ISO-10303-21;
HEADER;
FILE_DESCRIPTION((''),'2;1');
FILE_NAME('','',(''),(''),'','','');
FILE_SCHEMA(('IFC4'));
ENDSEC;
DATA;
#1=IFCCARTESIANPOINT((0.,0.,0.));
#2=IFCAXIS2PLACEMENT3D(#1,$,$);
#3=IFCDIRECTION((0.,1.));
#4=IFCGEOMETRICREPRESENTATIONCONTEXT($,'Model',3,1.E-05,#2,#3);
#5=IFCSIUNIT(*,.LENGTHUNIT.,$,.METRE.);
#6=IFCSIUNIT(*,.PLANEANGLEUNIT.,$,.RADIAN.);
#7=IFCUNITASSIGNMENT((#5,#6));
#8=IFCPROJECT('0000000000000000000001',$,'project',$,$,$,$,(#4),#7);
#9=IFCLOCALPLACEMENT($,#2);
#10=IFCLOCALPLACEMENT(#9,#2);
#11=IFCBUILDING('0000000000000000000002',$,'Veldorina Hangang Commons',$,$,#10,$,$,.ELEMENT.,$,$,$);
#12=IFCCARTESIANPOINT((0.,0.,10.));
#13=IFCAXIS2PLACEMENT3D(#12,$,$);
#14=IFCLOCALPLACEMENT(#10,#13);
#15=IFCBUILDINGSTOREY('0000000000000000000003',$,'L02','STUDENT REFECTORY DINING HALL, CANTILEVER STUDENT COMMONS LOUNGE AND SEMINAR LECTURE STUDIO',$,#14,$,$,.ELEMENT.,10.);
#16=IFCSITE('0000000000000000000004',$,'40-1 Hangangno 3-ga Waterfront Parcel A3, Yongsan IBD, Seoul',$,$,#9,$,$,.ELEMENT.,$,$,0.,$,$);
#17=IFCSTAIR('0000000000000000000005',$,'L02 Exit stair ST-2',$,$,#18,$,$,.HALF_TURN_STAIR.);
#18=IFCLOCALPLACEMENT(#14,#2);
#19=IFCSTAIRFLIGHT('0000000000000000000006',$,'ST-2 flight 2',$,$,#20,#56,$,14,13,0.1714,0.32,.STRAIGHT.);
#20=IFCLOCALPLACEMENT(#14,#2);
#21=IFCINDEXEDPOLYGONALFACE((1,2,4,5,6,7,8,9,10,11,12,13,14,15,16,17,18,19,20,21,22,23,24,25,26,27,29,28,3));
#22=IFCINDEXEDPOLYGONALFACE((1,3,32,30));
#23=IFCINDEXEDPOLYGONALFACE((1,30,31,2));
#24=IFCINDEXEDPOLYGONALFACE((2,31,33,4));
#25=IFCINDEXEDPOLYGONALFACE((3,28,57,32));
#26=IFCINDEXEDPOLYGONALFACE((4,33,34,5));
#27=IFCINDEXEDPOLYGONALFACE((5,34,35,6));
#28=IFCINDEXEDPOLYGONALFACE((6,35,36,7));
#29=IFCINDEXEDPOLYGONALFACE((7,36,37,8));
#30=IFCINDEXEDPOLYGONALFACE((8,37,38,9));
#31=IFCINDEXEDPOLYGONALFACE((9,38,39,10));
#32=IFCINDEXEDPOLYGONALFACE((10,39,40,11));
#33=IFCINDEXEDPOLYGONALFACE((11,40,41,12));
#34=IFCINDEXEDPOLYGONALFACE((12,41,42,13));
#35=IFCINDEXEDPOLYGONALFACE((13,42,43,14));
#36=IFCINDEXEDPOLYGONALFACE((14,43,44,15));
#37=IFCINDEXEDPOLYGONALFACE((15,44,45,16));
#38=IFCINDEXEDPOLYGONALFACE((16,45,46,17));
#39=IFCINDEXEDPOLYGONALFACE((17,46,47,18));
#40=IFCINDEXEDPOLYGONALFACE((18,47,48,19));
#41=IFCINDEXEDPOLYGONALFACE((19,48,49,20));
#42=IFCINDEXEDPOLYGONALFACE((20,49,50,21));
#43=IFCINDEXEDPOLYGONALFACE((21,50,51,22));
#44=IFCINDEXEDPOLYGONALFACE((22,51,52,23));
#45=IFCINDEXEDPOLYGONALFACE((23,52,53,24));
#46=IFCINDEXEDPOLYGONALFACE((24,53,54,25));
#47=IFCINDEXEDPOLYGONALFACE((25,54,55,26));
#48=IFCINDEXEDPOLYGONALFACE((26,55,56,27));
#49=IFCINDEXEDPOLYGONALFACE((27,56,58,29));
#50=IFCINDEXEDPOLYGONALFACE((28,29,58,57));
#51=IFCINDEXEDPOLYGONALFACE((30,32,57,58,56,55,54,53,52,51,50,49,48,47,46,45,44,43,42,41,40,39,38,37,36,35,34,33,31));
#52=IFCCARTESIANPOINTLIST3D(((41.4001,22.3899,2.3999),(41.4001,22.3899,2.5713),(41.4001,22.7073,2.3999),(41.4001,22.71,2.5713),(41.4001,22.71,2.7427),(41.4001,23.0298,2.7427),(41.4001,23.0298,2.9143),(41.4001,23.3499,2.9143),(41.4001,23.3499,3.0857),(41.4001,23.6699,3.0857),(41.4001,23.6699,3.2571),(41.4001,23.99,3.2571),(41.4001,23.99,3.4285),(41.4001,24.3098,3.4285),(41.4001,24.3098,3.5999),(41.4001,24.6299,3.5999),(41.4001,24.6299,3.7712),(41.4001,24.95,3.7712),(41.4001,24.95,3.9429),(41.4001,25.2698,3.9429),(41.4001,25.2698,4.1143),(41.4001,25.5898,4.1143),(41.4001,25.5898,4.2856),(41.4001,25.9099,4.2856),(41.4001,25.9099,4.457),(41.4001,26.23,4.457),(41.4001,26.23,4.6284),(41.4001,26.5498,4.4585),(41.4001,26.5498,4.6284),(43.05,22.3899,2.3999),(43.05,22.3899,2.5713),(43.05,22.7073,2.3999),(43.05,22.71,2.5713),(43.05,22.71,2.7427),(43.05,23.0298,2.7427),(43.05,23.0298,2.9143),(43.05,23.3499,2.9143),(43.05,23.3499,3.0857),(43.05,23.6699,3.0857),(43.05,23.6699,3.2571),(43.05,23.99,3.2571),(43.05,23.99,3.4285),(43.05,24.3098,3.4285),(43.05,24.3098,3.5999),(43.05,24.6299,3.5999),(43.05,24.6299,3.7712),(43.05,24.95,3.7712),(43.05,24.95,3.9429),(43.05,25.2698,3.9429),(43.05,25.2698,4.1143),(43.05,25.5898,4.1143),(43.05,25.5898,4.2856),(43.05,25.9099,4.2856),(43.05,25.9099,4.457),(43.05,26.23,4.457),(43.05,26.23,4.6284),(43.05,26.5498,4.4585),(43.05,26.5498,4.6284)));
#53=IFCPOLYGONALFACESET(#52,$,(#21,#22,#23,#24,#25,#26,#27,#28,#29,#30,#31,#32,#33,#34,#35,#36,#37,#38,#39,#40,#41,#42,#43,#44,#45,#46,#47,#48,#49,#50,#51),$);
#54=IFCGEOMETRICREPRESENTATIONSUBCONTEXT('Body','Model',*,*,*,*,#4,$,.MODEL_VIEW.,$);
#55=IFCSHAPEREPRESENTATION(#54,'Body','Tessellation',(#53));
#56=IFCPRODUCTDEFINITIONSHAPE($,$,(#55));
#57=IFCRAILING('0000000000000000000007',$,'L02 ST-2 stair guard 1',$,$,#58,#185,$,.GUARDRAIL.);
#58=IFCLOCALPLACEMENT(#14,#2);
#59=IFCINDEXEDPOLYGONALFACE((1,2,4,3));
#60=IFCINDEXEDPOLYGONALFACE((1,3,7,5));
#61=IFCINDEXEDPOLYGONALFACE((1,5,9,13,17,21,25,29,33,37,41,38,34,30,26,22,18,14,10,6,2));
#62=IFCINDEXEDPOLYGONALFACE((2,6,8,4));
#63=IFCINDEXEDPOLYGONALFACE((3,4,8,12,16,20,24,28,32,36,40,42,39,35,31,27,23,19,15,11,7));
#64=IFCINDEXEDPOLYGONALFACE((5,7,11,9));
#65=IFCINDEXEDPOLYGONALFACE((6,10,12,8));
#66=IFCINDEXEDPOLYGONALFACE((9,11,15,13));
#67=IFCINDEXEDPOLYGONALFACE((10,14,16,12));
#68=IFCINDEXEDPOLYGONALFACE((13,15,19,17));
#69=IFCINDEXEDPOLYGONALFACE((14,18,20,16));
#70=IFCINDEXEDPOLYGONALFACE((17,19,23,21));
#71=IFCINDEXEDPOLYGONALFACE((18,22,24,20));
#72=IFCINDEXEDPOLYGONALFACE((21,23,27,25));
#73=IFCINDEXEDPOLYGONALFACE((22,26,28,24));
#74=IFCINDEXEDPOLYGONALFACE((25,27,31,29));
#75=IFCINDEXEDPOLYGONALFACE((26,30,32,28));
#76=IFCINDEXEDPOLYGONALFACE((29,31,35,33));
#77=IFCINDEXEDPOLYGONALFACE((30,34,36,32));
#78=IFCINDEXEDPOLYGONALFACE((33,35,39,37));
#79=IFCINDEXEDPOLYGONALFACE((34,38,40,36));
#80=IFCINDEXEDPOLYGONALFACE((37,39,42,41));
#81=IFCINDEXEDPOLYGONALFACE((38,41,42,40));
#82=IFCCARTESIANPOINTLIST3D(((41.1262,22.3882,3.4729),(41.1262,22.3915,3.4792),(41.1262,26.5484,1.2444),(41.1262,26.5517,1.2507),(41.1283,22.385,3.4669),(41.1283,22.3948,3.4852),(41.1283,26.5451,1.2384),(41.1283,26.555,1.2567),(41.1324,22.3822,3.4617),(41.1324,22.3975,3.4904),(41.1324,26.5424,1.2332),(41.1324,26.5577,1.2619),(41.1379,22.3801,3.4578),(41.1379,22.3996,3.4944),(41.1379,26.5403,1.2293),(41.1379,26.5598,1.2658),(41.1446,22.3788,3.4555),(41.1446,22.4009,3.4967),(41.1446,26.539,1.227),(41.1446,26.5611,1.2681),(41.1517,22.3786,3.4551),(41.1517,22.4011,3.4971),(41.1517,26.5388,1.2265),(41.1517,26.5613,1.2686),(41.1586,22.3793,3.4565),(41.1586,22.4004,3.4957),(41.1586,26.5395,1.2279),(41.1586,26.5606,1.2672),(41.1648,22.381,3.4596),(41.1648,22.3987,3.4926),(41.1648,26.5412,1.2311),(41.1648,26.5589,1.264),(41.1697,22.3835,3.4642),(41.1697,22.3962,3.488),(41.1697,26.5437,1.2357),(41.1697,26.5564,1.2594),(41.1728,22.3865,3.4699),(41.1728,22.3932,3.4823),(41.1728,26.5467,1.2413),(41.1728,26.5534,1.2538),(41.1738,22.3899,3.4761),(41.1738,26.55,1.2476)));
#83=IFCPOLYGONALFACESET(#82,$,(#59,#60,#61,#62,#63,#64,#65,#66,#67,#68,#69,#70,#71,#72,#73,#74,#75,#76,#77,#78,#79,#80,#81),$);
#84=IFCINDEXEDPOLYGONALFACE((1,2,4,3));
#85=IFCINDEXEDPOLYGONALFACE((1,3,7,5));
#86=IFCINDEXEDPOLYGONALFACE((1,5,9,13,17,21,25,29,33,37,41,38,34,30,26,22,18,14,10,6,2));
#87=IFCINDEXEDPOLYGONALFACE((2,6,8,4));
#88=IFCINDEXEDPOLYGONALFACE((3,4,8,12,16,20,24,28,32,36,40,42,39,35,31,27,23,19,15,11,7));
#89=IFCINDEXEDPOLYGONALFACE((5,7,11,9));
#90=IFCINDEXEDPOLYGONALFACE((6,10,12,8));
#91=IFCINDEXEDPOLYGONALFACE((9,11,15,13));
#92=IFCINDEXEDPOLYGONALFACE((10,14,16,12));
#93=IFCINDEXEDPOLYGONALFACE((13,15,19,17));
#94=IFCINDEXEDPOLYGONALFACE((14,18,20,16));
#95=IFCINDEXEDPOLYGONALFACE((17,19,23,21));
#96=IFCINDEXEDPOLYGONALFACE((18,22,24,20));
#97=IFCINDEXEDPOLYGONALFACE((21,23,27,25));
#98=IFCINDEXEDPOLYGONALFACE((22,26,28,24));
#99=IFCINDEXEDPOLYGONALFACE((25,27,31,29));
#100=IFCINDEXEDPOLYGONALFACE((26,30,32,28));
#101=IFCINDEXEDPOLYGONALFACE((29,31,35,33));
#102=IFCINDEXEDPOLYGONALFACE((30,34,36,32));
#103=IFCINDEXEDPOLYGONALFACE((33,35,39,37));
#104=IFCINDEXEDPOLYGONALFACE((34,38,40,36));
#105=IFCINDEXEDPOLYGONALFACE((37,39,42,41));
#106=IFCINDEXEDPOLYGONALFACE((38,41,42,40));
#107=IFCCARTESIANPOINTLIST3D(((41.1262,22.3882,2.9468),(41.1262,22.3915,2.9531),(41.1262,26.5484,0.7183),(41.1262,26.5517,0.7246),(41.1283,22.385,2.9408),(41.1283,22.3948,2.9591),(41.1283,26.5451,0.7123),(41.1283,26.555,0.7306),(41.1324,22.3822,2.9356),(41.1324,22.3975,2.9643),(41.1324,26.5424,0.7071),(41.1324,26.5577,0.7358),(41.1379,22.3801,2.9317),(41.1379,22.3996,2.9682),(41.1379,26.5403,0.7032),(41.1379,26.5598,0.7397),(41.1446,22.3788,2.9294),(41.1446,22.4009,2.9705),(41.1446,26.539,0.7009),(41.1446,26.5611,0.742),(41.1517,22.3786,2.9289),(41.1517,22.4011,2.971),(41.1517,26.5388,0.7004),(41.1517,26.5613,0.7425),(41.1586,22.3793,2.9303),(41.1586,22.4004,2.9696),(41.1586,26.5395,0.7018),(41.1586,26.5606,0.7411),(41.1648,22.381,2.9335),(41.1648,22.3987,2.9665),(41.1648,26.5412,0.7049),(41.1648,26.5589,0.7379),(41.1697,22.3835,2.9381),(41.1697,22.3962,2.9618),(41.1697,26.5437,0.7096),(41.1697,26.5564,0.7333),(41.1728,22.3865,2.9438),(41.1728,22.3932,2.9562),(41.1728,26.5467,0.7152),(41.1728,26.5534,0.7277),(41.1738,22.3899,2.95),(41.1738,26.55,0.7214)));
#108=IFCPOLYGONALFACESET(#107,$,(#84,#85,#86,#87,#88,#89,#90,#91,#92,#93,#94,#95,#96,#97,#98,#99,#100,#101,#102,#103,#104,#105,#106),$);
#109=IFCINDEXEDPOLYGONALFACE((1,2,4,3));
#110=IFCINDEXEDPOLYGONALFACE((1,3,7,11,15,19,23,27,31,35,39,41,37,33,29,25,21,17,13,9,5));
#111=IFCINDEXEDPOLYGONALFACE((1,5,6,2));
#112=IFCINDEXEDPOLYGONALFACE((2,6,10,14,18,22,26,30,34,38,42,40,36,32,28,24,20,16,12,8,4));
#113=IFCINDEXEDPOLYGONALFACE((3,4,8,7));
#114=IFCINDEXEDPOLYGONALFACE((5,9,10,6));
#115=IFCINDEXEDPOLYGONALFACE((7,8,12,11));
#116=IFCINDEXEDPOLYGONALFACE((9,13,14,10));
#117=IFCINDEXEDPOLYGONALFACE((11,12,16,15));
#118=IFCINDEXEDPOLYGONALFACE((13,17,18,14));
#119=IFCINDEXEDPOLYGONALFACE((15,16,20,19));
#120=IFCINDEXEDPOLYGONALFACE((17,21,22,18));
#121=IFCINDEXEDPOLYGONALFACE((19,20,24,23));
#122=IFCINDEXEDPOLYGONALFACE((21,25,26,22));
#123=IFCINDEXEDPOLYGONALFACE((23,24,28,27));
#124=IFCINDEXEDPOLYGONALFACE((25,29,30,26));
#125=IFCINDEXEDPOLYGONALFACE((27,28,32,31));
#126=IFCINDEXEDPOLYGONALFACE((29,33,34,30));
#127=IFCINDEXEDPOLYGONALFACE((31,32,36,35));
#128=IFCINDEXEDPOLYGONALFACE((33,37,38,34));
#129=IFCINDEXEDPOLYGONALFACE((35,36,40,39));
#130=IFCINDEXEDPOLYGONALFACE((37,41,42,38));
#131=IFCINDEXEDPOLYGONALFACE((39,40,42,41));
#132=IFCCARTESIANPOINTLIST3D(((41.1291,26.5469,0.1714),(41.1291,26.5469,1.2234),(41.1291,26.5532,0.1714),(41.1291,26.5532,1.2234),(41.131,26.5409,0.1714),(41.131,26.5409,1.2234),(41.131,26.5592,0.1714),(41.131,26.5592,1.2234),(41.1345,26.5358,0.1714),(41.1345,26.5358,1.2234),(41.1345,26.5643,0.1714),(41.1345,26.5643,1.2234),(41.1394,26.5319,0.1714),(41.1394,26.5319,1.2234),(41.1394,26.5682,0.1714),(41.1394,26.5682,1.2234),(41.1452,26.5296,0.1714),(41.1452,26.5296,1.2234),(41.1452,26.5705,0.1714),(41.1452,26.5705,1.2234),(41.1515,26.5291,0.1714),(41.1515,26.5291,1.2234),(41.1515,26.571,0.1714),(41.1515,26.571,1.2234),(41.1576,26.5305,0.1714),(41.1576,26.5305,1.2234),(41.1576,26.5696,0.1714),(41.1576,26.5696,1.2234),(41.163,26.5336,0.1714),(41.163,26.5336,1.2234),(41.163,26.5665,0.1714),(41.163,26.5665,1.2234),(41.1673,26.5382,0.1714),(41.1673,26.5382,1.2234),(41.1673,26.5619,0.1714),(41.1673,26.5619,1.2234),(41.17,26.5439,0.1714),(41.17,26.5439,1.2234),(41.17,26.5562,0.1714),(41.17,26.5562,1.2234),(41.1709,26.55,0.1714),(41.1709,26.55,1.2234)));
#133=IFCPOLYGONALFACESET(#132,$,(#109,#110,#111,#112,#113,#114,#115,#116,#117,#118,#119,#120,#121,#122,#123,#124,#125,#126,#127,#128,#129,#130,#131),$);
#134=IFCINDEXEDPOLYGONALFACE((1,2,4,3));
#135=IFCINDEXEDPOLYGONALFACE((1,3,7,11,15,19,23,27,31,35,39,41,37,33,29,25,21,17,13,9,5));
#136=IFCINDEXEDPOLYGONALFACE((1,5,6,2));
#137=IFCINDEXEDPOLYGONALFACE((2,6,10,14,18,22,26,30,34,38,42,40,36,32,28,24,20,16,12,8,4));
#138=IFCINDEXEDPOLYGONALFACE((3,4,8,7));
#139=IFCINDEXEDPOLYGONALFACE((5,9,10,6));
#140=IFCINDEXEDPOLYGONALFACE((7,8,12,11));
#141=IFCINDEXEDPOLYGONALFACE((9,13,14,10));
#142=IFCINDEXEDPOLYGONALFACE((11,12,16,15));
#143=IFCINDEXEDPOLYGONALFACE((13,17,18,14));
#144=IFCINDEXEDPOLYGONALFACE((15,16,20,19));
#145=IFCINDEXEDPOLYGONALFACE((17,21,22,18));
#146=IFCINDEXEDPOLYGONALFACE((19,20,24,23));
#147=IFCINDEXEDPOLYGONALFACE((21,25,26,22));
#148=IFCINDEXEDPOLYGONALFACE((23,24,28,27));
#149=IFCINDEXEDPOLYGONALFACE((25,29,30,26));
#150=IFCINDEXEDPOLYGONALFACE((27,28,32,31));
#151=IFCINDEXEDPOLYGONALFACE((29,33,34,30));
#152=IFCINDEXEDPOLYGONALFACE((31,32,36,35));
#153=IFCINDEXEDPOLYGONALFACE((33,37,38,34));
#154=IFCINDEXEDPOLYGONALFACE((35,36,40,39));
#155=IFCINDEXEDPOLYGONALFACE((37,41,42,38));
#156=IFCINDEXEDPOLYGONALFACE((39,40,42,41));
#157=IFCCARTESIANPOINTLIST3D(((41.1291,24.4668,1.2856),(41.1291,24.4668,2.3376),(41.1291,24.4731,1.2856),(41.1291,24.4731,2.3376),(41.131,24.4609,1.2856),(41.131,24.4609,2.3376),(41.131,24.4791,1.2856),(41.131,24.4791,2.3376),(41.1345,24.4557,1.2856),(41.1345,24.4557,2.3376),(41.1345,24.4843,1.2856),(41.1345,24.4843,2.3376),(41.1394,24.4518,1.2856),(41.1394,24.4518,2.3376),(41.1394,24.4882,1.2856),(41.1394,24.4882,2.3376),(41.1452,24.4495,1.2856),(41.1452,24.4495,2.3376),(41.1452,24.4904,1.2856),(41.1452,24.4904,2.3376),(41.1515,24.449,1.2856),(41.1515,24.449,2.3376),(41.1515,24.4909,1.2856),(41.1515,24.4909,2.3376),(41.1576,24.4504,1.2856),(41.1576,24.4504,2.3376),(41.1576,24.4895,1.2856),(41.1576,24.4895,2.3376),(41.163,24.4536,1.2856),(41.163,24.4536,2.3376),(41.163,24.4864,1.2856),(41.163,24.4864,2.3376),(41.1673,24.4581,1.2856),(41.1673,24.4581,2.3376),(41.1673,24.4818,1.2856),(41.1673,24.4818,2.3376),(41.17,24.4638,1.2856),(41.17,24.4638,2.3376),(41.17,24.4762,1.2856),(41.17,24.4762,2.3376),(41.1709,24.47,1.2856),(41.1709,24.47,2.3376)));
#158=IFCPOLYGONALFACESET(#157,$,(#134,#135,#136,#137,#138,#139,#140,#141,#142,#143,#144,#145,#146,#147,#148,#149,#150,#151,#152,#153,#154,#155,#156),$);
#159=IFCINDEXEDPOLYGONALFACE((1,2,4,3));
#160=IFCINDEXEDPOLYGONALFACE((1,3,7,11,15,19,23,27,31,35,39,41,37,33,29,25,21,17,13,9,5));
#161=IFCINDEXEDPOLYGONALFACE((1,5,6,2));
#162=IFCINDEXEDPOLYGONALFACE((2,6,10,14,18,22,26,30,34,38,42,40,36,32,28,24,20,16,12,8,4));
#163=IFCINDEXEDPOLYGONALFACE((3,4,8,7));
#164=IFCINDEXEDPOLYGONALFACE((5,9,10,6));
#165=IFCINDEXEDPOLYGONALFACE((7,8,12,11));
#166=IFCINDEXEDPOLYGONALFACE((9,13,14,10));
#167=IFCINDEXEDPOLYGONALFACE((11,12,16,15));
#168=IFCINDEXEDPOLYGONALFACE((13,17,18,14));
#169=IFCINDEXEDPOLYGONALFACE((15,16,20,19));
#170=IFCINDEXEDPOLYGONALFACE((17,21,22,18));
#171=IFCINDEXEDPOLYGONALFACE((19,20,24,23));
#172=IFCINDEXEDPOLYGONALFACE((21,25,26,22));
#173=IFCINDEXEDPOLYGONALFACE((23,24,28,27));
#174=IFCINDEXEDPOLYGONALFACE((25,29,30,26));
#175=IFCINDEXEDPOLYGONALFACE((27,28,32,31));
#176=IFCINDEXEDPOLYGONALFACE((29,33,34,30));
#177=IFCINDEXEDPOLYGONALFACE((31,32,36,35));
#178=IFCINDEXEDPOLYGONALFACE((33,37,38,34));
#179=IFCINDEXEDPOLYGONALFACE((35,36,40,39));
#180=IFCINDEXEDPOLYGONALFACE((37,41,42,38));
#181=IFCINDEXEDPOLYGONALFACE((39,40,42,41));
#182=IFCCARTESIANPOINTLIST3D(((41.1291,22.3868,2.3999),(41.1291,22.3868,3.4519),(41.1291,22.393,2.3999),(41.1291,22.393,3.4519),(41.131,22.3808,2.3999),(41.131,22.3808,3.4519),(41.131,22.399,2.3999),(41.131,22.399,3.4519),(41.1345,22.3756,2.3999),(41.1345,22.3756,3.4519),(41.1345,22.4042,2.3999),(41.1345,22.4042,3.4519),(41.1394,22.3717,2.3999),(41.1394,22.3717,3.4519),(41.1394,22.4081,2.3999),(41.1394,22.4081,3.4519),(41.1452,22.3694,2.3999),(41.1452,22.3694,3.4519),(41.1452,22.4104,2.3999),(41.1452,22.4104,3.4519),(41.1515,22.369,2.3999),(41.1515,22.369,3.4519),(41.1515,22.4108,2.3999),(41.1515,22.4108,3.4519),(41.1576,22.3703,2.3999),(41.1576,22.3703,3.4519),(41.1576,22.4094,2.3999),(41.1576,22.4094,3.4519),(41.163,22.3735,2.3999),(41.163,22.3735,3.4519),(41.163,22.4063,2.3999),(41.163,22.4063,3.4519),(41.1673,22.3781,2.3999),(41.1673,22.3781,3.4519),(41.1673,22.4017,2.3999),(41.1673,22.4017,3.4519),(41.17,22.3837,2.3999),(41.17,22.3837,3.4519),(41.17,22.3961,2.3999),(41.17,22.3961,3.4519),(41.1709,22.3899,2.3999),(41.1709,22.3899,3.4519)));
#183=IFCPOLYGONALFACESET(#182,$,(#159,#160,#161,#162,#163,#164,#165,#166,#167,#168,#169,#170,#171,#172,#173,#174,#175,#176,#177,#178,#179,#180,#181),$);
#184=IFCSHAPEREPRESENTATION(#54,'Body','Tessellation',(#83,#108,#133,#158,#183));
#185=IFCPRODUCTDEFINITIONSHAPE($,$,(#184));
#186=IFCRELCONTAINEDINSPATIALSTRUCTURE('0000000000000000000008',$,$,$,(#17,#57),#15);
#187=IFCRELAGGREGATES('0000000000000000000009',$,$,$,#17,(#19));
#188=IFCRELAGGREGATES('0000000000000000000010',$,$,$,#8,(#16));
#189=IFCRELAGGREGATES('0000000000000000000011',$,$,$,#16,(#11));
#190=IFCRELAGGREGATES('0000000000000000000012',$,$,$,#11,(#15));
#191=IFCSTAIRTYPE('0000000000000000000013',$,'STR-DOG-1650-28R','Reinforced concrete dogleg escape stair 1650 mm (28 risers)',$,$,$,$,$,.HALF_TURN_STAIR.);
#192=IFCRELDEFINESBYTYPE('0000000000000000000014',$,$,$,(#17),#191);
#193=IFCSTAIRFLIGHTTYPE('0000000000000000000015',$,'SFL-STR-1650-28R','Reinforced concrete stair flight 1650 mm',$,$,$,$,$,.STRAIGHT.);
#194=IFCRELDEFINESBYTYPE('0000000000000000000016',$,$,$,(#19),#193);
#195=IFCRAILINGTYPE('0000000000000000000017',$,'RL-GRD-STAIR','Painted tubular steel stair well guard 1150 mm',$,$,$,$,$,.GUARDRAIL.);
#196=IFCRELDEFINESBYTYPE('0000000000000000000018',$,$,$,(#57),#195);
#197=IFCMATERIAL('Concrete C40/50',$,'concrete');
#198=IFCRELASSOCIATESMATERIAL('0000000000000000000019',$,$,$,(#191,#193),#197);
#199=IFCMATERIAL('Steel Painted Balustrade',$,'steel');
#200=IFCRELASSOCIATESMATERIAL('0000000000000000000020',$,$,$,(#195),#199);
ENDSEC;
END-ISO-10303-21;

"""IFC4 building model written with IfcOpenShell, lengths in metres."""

from ifc_helpers import new_model, si_unit, direction, frame, origin, origin_2d, place, context, subcontext, project, spatial, polyline, circle, outline, extrude, material, type_object, element, aggregate, save


model = new_model("IFC4")

# Units and contexts
model_context = context("Model", 3, precision=1e-05, world=origin(), true_north=direction((0.0, 1.0)))
body_context = subcontext(model_context, "Body", "Model", "MODEL_VIEW")
ifc_project = project(units=[si_unit("LENGTHUNIT", "METRE"), si_unit("PLANEANGLEUNIT", "RADIAN")], contexts=[model_context])

# Site, building, storey
site_placement = place(None, origin())
site = spatial("IfcSite", under=ifc_project, at=site_placement, Name="40-1 Hangangno 3-ga Waterfront Parcel A3, Yongsan IBD, Seoul", CompositionType="ELEMENT", RefElevation=0.0)
building_placement = place(site_placement, origin())
building = spatial("IfcBuilding", under=site, at=building_placement, Name="Veldorina Hangang Commons", CompositionType="ELEMENT")
storey_placement = place(building_placement, frame((0.0, 0.0, 10.0)))
storey = spatial("IfcBuildingStorey", under=building, at=storey_placement, Name="L02", Description="STUDENT REFECTORY DINING HALL, CANTILEVER STUDENT COMMONS LOUNGE AND SEMINAR LECTURE STUDIO", CompositionType="ELEMENT", Elevation=10.0)

# Stair, stair flight
ifc_material_1 = material(Name="Concrete C40/50", Category="concrete")
stair_type = type_object("IfcStairType", Name="STR-DOG-1650-28R", Description="Reinforced concrete dogleg escape stair 1650 mm (28 risers)", PredefinedType="HALF_TURN_STAIR", material=ifc_material_1)
stair_placement = place(storey_placement, origin())
stair = element("IfcStair", 1, at=stair_placement, inside=storey, type_object=stair_type, Name="L02 Exit stair ST-2", PredefinedType="HALF_TURN_STAIR")
stair_flight_type = type_object("IfcStairFlightType", Name="SFL-STR-1650-28R", Description="Reinforced concrete stair flight 1650 mm", PredefinedType="STRAIGHT", material=ifc_material_1)
stair_flight_1_placement = place(storey_placement, frame((42.2251, 22.3899, 2.3999), z_axis=(0.0, 0.0, 1.0), x_axis=(0.0, 1.0, 0.0)))
stair_flight_1 = element("IfcStairFlight", 2, at=stair_flight_1_placement, type_object=stair_flight_type, Name="ST-2 flight 2", NumberOfRisers=14, NumberOfTreads=13, PredefinedType="STRAIGHT", RiserHeight=0.1714, TreadLength=0.32, context=body_context, shape_type="SweptSolid", body=[
    extrude(outline(polyline([(0.0, 0.0), (0.0, 0.1714), (0.3201, 0.1714), (0.3201, 0.3428), (0.6399, 0.3428), (0.6399, 0.5144), (0.96, 0.5144), (0.96, 0.6858), (1.28, 0.6858), (1.28, 0.8572), (1.6001, 0.8572), (1.6001, 1.0286), (1.9199, 1.0286), (1.9199, 1.2), (2.24, 1.2), (2.24, 1.3713), (2.5601, 1.3713), (2.5601, 1.543), (2.8799, 1.543), (2.8799, 1.7144), (3.2, 1.7144), (3.2, 1.8857), (3.52, 1.8857), (3.52, 2.0571), (3.8401, 2.0571), (3.8401, 2.2285), (4.1599, 2.2285), (4.1599, 2.3999), (4.1599, 2.0586), (0.3174, 0.0), (0.0, 0.0)])), frame((0.0, 0.825, 0.0), z_axis=(0.0, -1.0, 0.0), x_axis=(1.0, 0.0, 0.0)), (0.0, 0.0, 1.0), 1.6499),
])
aggregate(stair, [stair_flight_1])

# Railing
ifc_material_2 = material(Name="Steel Painted Balustrade", Category="steel")
railing_type_1 = type_object("IfcRailingType", Name="RL-GRD-STAIR", Description="Painted tubular steel stair well guard 1150 mm", PredefinedType="GUARDRAIL", material=ifc_material_2)
railing_1_placement = place(storey_placement, frame((41.1499, 26.55, 0.1714)))
element("IfcRailing", 3, at=railing_1_placement, inside=storey, type_object=railing_type_1, Name="L02 ST-2 stair guard 1", PredefinedType="GUARDRAIL", context=body_context, shape_type="SweptSolid", body=[
    extrude(circle(Radius=0.0239, at=origin_2d()), frame((0.0, 0.0, 1.0762), z_axis=(0.0, -0.881492, 0.472198), x_axis=(1.0, 0.0, 0.0)), (0.0, 0.0, 1.0), 4.7195),
    extrude(circle(Radius=0.0239, at=origin_2d()), frame((0.0, 0.0, 0.55), z_axis=(0.0, -0.881492, 0.472198), x_axis=(1.0, 0.0, 0.0)), (0.0, 0.0, 1.0), 4.7195),
    extrude(circle(Radius=0.021, at=origin_2d()), origin(), (0.0, 0.0, 1.0), 1.052),
    extrude(circle(Radius=0.021, at=origin_2d()), frame((0.0, -2.0801, 1.1143)), (0.0, 0.0, 1.0), 1.052),
    extrude(circle(Radius=0.021, at=origin_2d()), frame((0.0, -4.1602, 2.2285)), (0.0, 0.0, 1.0), 1.052),
])

save(model, "model.ifc")
